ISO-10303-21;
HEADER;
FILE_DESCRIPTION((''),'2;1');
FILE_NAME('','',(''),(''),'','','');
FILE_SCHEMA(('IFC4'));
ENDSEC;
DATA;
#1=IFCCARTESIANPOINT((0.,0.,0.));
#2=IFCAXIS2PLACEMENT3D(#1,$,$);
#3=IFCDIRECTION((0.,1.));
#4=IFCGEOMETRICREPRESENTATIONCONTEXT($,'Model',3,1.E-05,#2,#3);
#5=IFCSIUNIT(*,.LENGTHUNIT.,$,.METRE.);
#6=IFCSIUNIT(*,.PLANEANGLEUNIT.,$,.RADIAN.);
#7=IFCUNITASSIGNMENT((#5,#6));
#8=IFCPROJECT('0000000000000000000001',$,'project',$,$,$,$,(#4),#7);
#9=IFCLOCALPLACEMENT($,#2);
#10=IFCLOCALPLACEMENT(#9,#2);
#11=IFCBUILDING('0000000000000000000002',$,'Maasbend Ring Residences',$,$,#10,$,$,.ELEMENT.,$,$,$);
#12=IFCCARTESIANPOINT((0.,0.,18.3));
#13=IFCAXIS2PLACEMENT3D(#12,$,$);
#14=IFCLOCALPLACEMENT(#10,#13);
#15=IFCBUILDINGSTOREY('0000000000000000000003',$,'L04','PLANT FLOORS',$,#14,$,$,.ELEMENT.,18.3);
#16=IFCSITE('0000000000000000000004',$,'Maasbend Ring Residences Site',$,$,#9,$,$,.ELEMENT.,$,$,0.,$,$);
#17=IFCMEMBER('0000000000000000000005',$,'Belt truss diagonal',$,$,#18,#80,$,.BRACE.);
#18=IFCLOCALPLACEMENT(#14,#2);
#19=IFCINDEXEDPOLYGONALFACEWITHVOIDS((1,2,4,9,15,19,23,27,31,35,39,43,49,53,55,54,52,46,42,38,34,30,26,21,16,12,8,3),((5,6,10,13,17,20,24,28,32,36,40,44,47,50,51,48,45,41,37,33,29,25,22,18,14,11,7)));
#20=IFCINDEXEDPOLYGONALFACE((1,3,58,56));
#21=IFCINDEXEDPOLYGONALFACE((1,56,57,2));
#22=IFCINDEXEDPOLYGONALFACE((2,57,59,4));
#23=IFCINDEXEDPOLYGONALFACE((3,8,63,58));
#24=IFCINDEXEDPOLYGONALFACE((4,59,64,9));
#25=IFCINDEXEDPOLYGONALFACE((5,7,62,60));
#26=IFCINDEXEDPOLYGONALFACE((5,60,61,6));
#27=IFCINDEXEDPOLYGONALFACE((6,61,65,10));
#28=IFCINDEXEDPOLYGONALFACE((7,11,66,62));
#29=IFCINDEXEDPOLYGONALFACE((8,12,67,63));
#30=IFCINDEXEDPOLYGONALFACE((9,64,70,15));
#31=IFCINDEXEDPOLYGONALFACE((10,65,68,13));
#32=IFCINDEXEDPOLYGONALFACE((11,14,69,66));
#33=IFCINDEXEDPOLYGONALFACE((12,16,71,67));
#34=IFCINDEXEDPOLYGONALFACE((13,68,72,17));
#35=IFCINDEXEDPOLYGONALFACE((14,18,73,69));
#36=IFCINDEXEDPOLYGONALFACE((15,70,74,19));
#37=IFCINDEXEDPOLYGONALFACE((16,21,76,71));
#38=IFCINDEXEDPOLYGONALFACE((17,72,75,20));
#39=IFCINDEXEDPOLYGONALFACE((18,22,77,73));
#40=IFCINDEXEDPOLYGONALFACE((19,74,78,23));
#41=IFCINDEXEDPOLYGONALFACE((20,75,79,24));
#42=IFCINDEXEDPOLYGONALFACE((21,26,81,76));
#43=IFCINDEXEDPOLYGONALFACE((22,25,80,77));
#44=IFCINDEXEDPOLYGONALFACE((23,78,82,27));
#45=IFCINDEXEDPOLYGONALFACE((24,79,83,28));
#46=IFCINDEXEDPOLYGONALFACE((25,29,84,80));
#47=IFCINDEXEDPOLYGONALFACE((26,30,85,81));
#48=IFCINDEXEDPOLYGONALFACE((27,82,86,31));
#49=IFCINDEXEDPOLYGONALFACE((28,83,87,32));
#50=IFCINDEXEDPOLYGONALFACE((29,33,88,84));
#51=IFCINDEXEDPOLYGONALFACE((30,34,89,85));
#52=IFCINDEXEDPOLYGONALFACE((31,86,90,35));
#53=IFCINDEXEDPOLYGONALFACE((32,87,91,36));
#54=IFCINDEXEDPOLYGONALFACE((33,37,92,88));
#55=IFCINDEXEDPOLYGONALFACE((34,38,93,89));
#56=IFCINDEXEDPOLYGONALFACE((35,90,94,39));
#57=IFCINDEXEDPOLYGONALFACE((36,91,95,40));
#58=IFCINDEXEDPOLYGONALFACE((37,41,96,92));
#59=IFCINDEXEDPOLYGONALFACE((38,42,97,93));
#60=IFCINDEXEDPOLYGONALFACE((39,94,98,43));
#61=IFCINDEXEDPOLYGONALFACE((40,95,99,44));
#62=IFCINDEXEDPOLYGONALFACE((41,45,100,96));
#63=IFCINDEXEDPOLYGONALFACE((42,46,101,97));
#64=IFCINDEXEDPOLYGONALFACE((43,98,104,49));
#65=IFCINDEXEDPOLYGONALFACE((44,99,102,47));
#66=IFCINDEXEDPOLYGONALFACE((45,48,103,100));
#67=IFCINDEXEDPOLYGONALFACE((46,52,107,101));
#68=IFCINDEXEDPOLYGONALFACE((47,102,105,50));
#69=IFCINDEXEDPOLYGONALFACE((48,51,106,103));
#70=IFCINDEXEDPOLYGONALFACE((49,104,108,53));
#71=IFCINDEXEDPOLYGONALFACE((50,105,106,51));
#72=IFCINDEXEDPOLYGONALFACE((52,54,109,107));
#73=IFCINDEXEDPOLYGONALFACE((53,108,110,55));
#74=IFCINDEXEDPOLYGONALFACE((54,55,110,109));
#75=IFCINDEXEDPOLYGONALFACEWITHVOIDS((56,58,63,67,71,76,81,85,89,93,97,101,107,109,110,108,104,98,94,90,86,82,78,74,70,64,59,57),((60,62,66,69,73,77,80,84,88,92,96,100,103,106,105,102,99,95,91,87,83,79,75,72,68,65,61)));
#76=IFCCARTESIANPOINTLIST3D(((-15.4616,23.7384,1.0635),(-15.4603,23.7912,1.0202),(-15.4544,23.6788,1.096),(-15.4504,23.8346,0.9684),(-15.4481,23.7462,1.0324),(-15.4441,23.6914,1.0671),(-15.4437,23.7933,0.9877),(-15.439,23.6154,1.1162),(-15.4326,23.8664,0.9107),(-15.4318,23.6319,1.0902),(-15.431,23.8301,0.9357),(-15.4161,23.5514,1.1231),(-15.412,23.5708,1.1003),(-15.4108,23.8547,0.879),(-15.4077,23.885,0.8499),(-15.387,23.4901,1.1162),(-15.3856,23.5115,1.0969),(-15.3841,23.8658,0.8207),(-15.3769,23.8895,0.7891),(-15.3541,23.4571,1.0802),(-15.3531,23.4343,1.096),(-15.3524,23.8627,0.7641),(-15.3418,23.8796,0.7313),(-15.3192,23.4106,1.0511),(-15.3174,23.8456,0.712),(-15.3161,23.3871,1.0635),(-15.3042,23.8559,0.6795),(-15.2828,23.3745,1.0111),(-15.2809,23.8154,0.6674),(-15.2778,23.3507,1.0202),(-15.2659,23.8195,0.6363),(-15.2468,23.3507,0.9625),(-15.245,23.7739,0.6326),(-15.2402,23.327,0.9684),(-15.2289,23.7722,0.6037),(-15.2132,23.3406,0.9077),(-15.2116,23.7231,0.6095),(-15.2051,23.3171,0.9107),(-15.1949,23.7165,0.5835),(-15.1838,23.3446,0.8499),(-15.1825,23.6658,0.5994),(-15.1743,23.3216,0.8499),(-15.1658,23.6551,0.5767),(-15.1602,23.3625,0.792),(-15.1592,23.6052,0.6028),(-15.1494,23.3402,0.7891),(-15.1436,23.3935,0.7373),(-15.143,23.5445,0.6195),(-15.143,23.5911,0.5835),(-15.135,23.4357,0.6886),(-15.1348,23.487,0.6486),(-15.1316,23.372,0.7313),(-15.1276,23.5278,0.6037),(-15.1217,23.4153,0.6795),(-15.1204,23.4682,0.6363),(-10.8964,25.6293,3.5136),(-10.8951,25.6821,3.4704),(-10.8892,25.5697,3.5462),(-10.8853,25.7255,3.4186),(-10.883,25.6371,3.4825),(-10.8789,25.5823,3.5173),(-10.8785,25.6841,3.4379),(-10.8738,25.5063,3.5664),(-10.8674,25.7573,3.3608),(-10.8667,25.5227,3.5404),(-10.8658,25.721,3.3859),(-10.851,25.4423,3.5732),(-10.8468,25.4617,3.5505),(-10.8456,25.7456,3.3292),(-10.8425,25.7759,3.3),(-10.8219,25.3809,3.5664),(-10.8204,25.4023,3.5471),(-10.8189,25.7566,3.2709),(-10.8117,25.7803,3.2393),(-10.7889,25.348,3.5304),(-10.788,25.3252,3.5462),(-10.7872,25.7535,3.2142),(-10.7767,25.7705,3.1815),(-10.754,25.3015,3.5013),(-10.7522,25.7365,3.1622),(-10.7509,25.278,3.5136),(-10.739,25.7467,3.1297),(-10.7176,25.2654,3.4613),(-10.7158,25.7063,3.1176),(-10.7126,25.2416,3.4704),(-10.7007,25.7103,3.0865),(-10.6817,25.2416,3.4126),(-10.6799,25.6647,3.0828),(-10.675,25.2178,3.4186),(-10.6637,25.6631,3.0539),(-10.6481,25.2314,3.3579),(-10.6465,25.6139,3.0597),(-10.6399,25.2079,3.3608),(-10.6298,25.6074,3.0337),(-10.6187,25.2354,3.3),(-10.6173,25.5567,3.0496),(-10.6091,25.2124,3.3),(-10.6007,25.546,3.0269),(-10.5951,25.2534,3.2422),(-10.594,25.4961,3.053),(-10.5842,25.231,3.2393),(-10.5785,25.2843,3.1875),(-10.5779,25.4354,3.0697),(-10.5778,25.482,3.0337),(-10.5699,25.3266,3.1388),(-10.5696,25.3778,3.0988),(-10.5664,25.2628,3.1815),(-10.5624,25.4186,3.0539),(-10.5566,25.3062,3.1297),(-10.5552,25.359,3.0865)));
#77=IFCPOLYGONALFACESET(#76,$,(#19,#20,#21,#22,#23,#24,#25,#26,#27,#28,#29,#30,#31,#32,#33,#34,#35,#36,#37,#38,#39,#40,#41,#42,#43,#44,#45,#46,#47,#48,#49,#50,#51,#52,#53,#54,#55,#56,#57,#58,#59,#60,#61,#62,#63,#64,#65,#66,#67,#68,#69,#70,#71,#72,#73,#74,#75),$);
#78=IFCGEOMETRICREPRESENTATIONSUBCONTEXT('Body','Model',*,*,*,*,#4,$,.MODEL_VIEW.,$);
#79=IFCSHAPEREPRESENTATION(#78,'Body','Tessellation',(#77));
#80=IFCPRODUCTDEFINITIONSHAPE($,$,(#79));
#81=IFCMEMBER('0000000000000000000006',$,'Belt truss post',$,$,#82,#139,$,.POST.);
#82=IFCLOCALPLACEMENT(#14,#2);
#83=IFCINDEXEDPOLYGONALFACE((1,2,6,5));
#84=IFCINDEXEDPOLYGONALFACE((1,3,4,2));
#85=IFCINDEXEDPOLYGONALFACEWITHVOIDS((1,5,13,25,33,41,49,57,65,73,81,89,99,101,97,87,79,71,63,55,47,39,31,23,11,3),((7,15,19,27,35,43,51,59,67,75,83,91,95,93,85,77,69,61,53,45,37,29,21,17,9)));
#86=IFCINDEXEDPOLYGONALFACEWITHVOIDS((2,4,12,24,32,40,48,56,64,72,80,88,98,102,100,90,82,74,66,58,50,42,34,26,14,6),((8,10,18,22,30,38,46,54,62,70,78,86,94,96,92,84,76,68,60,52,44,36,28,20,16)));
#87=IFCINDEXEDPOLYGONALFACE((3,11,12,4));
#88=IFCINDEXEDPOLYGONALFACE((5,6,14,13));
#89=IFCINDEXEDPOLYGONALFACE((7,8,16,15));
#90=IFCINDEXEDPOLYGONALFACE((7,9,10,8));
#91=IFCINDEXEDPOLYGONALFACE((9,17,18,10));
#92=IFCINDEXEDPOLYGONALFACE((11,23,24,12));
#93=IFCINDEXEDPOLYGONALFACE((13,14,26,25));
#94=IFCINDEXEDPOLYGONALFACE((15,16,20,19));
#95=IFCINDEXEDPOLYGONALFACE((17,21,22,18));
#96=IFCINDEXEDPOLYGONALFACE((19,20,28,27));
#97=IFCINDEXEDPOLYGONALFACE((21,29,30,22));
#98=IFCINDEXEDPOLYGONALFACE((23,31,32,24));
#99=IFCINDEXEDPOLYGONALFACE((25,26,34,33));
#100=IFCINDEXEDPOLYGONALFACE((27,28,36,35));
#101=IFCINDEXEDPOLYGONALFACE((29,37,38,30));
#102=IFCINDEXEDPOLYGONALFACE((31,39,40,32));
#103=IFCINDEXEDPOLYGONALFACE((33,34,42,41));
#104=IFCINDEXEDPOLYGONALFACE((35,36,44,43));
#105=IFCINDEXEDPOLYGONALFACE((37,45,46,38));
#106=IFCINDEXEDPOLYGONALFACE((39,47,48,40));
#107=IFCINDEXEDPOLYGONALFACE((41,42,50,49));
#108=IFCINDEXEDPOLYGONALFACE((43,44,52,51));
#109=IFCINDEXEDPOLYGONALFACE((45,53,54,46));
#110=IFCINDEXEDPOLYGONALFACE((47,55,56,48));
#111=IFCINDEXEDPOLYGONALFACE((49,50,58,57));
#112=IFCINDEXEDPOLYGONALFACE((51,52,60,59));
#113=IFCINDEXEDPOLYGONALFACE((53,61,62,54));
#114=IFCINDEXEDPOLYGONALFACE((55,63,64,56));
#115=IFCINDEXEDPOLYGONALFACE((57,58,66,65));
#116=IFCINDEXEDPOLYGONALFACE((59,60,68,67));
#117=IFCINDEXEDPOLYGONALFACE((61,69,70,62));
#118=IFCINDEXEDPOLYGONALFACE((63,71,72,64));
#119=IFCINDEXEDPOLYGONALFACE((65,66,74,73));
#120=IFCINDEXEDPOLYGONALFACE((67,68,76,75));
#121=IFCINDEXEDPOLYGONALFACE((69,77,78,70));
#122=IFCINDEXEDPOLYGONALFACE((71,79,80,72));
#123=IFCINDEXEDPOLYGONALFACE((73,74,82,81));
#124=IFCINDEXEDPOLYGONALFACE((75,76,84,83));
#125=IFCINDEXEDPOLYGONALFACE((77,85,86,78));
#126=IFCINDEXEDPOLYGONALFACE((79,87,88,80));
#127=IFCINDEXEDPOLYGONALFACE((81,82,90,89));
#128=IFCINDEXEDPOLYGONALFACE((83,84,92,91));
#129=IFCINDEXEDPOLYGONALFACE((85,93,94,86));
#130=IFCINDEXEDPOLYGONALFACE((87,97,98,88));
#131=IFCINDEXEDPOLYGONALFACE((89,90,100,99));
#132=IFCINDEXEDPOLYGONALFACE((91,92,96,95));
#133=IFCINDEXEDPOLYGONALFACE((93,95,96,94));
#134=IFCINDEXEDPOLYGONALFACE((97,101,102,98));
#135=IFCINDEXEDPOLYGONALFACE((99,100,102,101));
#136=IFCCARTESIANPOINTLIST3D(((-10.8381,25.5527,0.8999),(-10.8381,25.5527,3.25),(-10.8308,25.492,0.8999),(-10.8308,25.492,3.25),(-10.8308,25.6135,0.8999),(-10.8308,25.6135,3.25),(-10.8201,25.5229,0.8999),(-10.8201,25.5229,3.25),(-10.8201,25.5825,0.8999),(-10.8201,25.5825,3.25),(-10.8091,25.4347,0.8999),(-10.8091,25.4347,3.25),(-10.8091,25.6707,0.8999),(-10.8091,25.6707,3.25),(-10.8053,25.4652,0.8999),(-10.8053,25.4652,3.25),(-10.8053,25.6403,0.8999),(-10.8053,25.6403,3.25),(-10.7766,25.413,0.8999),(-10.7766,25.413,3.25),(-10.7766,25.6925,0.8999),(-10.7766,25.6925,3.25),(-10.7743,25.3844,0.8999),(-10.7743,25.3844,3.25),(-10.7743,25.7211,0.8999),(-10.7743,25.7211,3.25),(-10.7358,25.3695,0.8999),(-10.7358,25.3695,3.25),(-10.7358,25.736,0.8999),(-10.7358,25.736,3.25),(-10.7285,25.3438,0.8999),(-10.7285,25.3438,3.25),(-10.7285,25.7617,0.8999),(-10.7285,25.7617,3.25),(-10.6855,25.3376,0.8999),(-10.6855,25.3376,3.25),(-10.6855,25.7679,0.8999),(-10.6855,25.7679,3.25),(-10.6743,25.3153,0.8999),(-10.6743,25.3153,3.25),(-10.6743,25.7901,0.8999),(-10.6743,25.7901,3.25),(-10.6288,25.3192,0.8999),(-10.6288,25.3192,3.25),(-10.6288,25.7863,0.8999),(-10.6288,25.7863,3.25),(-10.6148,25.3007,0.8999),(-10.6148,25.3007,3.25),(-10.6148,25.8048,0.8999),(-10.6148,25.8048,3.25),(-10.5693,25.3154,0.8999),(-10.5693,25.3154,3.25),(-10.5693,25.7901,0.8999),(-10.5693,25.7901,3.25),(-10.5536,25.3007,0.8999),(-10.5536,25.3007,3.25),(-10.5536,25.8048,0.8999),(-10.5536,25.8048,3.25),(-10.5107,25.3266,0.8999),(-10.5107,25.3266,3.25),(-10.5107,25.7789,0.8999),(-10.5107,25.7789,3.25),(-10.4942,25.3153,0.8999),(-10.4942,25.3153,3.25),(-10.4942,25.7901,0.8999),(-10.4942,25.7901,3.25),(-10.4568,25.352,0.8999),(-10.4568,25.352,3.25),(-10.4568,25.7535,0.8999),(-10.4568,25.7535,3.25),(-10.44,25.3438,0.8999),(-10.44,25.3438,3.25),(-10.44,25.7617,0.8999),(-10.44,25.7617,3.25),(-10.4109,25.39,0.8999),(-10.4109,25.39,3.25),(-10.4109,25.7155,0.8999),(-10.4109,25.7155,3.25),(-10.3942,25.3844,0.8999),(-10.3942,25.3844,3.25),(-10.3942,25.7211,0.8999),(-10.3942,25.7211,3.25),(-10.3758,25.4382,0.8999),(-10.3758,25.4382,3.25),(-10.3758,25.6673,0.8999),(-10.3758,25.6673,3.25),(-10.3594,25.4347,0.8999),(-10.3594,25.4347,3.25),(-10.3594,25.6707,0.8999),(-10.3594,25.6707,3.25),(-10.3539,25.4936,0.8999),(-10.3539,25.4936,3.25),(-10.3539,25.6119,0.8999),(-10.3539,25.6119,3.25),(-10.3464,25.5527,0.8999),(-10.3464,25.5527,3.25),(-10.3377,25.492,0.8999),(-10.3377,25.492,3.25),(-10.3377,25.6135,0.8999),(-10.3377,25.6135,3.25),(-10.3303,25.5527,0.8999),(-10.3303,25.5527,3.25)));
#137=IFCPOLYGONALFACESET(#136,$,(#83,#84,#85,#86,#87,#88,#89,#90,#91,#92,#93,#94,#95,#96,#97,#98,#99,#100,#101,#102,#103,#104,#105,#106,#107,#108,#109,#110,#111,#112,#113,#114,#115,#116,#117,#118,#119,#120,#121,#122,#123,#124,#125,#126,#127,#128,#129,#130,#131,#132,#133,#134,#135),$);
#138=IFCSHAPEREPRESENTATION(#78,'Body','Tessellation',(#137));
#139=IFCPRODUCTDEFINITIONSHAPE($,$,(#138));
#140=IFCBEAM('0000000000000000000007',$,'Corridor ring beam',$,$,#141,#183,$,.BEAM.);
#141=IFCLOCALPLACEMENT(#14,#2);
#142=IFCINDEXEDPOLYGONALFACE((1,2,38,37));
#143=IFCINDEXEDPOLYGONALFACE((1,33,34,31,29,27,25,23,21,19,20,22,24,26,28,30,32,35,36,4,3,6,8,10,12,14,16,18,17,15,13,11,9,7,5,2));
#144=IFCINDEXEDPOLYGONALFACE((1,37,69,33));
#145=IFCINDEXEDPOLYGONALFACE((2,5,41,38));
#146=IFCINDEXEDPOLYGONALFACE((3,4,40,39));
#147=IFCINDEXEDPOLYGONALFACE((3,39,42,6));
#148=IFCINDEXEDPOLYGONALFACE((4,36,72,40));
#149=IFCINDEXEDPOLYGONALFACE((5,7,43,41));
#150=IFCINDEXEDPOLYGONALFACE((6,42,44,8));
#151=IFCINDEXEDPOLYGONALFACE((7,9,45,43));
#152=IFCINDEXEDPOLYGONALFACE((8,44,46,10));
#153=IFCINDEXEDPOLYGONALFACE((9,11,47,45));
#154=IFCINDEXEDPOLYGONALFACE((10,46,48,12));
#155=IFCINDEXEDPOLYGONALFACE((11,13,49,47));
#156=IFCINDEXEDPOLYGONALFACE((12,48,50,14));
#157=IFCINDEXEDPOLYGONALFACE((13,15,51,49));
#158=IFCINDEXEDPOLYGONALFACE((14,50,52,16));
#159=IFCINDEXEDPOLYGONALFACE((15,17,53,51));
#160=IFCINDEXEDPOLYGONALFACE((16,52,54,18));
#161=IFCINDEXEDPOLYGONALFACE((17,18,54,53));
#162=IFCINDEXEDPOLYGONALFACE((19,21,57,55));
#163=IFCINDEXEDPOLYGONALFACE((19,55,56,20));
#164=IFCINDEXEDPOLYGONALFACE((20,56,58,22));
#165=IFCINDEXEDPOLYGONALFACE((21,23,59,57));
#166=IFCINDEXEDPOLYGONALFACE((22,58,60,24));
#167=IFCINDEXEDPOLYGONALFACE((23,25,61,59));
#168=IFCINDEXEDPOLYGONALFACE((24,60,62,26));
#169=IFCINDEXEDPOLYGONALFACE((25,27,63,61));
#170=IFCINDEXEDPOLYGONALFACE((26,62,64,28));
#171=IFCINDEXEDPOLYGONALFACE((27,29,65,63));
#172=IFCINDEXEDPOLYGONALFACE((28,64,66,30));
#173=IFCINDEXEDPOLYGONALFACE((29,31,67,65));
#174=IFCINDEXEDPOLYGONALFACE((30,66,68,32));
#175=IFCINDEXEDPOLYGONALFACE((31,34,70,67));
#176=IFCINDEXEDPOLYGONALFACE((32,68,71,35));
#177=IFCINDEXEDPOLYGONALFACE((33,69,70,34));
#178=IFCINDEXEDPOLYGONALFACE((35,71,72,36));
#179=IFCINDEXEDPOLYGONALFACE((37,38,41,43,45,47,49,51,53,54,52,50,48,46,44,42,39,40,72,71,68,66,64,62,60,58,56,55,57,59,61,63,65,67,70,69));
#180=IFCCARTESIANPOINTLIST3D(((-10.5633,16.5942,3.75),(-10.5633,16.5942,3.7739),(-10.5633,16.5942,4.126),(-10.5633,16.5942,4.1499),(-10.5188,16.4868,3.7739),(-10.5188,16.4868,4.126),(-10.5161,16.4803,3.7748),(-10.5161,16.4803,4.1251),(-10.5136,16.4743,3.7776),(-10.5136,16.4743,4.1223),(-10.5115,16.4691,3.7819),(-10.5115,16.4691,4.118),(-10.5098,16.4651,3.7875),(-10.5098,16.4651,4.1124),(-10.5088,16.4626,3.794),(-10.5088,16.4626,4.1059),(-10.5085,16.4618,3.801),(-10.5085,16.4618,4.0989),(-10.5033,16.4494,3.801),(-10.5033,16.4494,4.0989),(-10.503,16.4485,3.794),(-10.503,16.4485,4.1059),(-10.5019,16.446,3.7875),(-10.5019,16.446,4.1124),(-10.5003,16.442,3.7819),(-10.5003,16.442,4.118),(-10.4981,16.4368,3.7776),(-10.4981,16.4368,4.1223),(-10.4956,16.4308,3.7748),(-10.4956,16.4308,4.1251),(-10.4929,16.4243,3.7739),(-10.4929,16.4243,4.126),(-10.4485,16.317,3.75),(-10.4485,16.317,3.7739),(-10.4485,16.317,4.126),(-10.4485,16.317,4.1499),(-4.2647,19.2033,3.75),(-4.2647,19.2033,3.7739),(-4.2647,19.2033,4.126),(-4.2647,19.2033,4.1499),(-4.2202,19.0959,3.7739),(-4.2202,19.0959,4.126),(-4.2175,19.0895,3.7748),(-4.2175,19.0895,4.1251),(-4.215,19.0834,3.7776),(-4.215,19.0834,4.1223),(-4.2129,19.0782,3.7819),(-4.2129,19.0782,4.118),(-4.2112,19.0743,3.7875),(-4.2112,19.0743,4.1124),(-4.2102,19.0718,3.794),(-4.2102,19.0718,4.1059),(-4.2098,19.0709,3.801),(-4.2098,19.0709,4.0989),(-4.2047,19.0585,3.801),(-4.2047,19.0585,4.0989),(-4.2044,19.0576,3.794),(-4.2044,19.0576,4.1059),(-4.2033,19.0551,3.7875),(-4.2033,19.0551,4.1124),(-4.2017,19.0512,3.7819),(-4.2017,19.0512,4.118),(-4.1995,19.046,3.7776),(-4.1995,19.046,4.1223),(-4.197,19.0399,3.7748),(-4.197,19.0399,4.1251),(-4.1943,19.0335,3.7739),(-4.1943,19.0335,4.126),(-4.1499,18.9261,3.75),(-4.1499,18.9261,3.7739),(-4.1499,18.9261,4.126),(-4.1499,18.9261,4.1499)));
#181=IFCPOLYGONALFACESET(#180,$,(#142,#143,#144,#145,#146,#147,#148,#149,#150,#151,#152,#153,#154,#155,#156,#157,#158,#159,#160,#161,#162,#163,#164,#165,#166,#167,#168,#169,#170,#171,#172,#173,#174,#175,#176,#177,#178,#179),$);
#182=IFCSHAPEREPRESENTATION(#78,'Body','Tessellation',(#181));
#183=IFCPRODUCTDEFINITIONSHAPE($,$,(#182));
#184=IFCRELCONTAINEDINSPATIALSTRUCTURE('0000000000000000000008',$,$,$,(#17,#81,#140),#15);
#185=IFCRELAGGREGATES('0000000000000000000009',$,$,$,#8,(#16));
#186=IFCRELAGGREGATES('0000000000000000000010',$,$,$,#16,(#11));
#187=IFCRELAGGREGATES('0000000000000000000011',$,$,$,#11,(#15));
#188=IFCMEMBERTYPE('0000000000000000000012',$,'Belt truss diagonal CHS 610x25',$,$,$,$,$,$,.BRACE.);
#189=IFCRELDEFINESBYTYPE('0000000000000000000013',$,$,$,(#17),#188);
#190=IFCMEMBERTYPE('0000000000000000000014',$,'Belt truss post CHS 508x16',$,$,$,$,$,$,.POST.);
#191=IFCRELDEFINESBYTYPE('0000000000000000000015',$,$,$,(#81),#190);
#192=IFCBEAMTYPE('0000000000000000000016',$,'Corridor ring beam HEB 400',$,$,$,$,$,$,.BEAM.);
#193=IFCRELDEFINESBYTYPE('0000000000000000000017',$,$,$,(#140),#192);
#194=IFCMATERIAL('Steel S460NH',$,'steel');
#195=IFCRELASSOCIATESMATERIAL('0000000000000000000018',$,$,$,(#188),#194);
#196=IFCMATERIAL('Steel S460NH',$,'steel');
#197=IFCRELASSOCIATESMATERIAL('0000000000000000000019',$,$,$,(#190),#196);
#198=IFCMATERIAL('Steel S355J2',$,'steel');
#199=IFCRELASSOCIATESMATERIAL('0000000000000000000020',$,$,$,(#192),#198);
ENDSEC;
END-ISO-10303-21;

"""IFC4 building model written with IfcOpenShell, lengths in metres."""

from ifc_helpers import new_model, si_unit, direction, frame, origin, origin_2d, place, context, subcontext, project, spatial, hollow_circle, i_section, extrude, material, material_profile, profile_set, type_object, element, save


model = new_model("IFC4")

# Units and contexts
model_context = context("Model", 3, precision=1e-05, world=origin(), true_north=direction((0.0, 1.0)))
body_context = subcontext(model_context, "Body", "Model", "MODEL_VIEW")
ifc_project = project(units=[si_unit("LENGTHUNIT", "METRE"), si_unit("PLANEANGLEUNIT", "RADIAN")], contexts=[model_context])

# Site, building, storey
site_placement = place(None, origin())
site = spatial("IfcSite", under=ifc_project, at=site_placement, Name="Maasbend Ring Residences Site", CompositionType="ELEMENT", RefElevation=0.0)
building_placement = place(site_placement, origin())
building = spatial("IfcBuilding", under=site, at=building_placement, Name="Maasbend Ring Residences", CompositionType="ELEMENT")
storey_placement = place(building_placement, frame((0.0, 0.0, 18.3)))
storey = spatial("IfcBuildingStorey", under=building, at=storey_placement, Name="L04", Description="PLANT FLOORS", CompositionType="ELEMENT", Elevation=18.3)

# Members
ifc_material_1 = material(Name="Steel S460NH", Category="steel")
ifc_material_profile_1 = material_profile(ifc_material_1, hollow_circle(Radius=0.3049, WallThickness=0.0249, at=origin_2d()), Name="Belt truss diagonal CHS 610x25")
ifc_profile_set_1 = profile_set([ifc_material_profile_1], Name="Steel S460NH")
member_type_1 = type_object("IfcMemberType", Name="Belt truss diagonal CHS 610x25", PredefinedType="BRACE", material=ifc_profile_set_1)
for number, where, z_axis, x_axis, name in (
    (1, (-10.7258, 25.4941, 3.3), (-0.827714, -0.342834, -0.444245), (0.382667, -0.923886, 0.0), "Belt truss diagonal"),
):
    element("IfcMember", number, at=place(storey_placement, frame(where, z_axis=z_axis, x_axis=x_axis)), inside=storey, type_object=member_type_1, Name=name, PredefinedType="BRACE", context=body_context, shape_type="SweptSolid", body=[
        extrude(hollow_circle(Radius=0.3049, WallThickness=0.0249, at=origin_2d()), origin(), (0.0, 0.0, 1.0), 5.5154),
    ])
ifc_material_2 = material(Name="Steel S460NH", Category="steel")
ifc_material_profile_2 = material_profile(ifc_material_2, hollow_circle(Radius=0.2539, WallThickness=0.0161, at=origin_2d()), Name="Belt truss post CHS 508x16")
ifc_profile_set_2 = profile_set([ifc_material_profile_2], Name="Steel S460NH")
member_type_2 = type_object("IfcMemberType", Name="Belt truss post CHS 508x16", PredefinedType="POST", material=ifc_profile_set_2)
member_1_placement = place(storey_placement, frame((-10.5842, 25.5527, 0.8999), z_axis=(0.0, 0.0, 1.0), x_axis=(1.0, 0.0, 0.0)))
element("IfcMember", 2, at=member_1_placement, inside=storey, type_object=member_type_2, Name="Belt truss post", PredefinedType="POST", context=body_context, shape_type="SweptSolid", body=[
    extrude(hollow_circle(Radius=0.2539, WallThickness=0.0161, at=origin_2d()), origin(), (0.0, 0.0, 1.0), 2.3501),
])

# Beam
ifc_material_3 = material(Name="Steel S355J2", Category="steel")
ifc_material_profile_3 = material_profile(ifc_material_3, i_section(OverallWidth=0.3, OverallDepth=0.3999, WebThickness=0.0134, FlangeThickness=0.0239, FilletRadius=0.0271, at=origin_2d()), Name="HEB 400")
ifc_profile_set_3 = profile_set([ifc_material_profile_3], Name="Steel S355J2")
beam_type_1 = type_object("IfcBeamType", Name="Corridor ring beam HEB 400", PredefinedType="BEAM", material=ifc_profile_set_3)
for number, where, z_axis, x_axis, name in (
    (3, (-4.2073, 19.0647, 3.95), (-0.923871, -0.382705, 0.0), (0.382705, -0.923871, 0.0), "Corridor ring beam"),
):
    element("IfcBeam", number, at=place(storey_placement, frame(where, z_axis=z_axis, x_axis=x_axis)), inside=storey, type_object=beam_type_1, Name=name, PredefinedType="BEAM", context=body_context, shape_type="SweptSolid", body=[
        extrude(i_section(OverallWidth=0.3, OverallDepth=0.3999, WebThickness=0.0134, FlangeThickness=0.0239, FilletRadius=0.0271, at=origin_2d()), origin(), (0.0, 0.0, 1.0), 6.8176),
    ])

save(model, "model.ifc")
